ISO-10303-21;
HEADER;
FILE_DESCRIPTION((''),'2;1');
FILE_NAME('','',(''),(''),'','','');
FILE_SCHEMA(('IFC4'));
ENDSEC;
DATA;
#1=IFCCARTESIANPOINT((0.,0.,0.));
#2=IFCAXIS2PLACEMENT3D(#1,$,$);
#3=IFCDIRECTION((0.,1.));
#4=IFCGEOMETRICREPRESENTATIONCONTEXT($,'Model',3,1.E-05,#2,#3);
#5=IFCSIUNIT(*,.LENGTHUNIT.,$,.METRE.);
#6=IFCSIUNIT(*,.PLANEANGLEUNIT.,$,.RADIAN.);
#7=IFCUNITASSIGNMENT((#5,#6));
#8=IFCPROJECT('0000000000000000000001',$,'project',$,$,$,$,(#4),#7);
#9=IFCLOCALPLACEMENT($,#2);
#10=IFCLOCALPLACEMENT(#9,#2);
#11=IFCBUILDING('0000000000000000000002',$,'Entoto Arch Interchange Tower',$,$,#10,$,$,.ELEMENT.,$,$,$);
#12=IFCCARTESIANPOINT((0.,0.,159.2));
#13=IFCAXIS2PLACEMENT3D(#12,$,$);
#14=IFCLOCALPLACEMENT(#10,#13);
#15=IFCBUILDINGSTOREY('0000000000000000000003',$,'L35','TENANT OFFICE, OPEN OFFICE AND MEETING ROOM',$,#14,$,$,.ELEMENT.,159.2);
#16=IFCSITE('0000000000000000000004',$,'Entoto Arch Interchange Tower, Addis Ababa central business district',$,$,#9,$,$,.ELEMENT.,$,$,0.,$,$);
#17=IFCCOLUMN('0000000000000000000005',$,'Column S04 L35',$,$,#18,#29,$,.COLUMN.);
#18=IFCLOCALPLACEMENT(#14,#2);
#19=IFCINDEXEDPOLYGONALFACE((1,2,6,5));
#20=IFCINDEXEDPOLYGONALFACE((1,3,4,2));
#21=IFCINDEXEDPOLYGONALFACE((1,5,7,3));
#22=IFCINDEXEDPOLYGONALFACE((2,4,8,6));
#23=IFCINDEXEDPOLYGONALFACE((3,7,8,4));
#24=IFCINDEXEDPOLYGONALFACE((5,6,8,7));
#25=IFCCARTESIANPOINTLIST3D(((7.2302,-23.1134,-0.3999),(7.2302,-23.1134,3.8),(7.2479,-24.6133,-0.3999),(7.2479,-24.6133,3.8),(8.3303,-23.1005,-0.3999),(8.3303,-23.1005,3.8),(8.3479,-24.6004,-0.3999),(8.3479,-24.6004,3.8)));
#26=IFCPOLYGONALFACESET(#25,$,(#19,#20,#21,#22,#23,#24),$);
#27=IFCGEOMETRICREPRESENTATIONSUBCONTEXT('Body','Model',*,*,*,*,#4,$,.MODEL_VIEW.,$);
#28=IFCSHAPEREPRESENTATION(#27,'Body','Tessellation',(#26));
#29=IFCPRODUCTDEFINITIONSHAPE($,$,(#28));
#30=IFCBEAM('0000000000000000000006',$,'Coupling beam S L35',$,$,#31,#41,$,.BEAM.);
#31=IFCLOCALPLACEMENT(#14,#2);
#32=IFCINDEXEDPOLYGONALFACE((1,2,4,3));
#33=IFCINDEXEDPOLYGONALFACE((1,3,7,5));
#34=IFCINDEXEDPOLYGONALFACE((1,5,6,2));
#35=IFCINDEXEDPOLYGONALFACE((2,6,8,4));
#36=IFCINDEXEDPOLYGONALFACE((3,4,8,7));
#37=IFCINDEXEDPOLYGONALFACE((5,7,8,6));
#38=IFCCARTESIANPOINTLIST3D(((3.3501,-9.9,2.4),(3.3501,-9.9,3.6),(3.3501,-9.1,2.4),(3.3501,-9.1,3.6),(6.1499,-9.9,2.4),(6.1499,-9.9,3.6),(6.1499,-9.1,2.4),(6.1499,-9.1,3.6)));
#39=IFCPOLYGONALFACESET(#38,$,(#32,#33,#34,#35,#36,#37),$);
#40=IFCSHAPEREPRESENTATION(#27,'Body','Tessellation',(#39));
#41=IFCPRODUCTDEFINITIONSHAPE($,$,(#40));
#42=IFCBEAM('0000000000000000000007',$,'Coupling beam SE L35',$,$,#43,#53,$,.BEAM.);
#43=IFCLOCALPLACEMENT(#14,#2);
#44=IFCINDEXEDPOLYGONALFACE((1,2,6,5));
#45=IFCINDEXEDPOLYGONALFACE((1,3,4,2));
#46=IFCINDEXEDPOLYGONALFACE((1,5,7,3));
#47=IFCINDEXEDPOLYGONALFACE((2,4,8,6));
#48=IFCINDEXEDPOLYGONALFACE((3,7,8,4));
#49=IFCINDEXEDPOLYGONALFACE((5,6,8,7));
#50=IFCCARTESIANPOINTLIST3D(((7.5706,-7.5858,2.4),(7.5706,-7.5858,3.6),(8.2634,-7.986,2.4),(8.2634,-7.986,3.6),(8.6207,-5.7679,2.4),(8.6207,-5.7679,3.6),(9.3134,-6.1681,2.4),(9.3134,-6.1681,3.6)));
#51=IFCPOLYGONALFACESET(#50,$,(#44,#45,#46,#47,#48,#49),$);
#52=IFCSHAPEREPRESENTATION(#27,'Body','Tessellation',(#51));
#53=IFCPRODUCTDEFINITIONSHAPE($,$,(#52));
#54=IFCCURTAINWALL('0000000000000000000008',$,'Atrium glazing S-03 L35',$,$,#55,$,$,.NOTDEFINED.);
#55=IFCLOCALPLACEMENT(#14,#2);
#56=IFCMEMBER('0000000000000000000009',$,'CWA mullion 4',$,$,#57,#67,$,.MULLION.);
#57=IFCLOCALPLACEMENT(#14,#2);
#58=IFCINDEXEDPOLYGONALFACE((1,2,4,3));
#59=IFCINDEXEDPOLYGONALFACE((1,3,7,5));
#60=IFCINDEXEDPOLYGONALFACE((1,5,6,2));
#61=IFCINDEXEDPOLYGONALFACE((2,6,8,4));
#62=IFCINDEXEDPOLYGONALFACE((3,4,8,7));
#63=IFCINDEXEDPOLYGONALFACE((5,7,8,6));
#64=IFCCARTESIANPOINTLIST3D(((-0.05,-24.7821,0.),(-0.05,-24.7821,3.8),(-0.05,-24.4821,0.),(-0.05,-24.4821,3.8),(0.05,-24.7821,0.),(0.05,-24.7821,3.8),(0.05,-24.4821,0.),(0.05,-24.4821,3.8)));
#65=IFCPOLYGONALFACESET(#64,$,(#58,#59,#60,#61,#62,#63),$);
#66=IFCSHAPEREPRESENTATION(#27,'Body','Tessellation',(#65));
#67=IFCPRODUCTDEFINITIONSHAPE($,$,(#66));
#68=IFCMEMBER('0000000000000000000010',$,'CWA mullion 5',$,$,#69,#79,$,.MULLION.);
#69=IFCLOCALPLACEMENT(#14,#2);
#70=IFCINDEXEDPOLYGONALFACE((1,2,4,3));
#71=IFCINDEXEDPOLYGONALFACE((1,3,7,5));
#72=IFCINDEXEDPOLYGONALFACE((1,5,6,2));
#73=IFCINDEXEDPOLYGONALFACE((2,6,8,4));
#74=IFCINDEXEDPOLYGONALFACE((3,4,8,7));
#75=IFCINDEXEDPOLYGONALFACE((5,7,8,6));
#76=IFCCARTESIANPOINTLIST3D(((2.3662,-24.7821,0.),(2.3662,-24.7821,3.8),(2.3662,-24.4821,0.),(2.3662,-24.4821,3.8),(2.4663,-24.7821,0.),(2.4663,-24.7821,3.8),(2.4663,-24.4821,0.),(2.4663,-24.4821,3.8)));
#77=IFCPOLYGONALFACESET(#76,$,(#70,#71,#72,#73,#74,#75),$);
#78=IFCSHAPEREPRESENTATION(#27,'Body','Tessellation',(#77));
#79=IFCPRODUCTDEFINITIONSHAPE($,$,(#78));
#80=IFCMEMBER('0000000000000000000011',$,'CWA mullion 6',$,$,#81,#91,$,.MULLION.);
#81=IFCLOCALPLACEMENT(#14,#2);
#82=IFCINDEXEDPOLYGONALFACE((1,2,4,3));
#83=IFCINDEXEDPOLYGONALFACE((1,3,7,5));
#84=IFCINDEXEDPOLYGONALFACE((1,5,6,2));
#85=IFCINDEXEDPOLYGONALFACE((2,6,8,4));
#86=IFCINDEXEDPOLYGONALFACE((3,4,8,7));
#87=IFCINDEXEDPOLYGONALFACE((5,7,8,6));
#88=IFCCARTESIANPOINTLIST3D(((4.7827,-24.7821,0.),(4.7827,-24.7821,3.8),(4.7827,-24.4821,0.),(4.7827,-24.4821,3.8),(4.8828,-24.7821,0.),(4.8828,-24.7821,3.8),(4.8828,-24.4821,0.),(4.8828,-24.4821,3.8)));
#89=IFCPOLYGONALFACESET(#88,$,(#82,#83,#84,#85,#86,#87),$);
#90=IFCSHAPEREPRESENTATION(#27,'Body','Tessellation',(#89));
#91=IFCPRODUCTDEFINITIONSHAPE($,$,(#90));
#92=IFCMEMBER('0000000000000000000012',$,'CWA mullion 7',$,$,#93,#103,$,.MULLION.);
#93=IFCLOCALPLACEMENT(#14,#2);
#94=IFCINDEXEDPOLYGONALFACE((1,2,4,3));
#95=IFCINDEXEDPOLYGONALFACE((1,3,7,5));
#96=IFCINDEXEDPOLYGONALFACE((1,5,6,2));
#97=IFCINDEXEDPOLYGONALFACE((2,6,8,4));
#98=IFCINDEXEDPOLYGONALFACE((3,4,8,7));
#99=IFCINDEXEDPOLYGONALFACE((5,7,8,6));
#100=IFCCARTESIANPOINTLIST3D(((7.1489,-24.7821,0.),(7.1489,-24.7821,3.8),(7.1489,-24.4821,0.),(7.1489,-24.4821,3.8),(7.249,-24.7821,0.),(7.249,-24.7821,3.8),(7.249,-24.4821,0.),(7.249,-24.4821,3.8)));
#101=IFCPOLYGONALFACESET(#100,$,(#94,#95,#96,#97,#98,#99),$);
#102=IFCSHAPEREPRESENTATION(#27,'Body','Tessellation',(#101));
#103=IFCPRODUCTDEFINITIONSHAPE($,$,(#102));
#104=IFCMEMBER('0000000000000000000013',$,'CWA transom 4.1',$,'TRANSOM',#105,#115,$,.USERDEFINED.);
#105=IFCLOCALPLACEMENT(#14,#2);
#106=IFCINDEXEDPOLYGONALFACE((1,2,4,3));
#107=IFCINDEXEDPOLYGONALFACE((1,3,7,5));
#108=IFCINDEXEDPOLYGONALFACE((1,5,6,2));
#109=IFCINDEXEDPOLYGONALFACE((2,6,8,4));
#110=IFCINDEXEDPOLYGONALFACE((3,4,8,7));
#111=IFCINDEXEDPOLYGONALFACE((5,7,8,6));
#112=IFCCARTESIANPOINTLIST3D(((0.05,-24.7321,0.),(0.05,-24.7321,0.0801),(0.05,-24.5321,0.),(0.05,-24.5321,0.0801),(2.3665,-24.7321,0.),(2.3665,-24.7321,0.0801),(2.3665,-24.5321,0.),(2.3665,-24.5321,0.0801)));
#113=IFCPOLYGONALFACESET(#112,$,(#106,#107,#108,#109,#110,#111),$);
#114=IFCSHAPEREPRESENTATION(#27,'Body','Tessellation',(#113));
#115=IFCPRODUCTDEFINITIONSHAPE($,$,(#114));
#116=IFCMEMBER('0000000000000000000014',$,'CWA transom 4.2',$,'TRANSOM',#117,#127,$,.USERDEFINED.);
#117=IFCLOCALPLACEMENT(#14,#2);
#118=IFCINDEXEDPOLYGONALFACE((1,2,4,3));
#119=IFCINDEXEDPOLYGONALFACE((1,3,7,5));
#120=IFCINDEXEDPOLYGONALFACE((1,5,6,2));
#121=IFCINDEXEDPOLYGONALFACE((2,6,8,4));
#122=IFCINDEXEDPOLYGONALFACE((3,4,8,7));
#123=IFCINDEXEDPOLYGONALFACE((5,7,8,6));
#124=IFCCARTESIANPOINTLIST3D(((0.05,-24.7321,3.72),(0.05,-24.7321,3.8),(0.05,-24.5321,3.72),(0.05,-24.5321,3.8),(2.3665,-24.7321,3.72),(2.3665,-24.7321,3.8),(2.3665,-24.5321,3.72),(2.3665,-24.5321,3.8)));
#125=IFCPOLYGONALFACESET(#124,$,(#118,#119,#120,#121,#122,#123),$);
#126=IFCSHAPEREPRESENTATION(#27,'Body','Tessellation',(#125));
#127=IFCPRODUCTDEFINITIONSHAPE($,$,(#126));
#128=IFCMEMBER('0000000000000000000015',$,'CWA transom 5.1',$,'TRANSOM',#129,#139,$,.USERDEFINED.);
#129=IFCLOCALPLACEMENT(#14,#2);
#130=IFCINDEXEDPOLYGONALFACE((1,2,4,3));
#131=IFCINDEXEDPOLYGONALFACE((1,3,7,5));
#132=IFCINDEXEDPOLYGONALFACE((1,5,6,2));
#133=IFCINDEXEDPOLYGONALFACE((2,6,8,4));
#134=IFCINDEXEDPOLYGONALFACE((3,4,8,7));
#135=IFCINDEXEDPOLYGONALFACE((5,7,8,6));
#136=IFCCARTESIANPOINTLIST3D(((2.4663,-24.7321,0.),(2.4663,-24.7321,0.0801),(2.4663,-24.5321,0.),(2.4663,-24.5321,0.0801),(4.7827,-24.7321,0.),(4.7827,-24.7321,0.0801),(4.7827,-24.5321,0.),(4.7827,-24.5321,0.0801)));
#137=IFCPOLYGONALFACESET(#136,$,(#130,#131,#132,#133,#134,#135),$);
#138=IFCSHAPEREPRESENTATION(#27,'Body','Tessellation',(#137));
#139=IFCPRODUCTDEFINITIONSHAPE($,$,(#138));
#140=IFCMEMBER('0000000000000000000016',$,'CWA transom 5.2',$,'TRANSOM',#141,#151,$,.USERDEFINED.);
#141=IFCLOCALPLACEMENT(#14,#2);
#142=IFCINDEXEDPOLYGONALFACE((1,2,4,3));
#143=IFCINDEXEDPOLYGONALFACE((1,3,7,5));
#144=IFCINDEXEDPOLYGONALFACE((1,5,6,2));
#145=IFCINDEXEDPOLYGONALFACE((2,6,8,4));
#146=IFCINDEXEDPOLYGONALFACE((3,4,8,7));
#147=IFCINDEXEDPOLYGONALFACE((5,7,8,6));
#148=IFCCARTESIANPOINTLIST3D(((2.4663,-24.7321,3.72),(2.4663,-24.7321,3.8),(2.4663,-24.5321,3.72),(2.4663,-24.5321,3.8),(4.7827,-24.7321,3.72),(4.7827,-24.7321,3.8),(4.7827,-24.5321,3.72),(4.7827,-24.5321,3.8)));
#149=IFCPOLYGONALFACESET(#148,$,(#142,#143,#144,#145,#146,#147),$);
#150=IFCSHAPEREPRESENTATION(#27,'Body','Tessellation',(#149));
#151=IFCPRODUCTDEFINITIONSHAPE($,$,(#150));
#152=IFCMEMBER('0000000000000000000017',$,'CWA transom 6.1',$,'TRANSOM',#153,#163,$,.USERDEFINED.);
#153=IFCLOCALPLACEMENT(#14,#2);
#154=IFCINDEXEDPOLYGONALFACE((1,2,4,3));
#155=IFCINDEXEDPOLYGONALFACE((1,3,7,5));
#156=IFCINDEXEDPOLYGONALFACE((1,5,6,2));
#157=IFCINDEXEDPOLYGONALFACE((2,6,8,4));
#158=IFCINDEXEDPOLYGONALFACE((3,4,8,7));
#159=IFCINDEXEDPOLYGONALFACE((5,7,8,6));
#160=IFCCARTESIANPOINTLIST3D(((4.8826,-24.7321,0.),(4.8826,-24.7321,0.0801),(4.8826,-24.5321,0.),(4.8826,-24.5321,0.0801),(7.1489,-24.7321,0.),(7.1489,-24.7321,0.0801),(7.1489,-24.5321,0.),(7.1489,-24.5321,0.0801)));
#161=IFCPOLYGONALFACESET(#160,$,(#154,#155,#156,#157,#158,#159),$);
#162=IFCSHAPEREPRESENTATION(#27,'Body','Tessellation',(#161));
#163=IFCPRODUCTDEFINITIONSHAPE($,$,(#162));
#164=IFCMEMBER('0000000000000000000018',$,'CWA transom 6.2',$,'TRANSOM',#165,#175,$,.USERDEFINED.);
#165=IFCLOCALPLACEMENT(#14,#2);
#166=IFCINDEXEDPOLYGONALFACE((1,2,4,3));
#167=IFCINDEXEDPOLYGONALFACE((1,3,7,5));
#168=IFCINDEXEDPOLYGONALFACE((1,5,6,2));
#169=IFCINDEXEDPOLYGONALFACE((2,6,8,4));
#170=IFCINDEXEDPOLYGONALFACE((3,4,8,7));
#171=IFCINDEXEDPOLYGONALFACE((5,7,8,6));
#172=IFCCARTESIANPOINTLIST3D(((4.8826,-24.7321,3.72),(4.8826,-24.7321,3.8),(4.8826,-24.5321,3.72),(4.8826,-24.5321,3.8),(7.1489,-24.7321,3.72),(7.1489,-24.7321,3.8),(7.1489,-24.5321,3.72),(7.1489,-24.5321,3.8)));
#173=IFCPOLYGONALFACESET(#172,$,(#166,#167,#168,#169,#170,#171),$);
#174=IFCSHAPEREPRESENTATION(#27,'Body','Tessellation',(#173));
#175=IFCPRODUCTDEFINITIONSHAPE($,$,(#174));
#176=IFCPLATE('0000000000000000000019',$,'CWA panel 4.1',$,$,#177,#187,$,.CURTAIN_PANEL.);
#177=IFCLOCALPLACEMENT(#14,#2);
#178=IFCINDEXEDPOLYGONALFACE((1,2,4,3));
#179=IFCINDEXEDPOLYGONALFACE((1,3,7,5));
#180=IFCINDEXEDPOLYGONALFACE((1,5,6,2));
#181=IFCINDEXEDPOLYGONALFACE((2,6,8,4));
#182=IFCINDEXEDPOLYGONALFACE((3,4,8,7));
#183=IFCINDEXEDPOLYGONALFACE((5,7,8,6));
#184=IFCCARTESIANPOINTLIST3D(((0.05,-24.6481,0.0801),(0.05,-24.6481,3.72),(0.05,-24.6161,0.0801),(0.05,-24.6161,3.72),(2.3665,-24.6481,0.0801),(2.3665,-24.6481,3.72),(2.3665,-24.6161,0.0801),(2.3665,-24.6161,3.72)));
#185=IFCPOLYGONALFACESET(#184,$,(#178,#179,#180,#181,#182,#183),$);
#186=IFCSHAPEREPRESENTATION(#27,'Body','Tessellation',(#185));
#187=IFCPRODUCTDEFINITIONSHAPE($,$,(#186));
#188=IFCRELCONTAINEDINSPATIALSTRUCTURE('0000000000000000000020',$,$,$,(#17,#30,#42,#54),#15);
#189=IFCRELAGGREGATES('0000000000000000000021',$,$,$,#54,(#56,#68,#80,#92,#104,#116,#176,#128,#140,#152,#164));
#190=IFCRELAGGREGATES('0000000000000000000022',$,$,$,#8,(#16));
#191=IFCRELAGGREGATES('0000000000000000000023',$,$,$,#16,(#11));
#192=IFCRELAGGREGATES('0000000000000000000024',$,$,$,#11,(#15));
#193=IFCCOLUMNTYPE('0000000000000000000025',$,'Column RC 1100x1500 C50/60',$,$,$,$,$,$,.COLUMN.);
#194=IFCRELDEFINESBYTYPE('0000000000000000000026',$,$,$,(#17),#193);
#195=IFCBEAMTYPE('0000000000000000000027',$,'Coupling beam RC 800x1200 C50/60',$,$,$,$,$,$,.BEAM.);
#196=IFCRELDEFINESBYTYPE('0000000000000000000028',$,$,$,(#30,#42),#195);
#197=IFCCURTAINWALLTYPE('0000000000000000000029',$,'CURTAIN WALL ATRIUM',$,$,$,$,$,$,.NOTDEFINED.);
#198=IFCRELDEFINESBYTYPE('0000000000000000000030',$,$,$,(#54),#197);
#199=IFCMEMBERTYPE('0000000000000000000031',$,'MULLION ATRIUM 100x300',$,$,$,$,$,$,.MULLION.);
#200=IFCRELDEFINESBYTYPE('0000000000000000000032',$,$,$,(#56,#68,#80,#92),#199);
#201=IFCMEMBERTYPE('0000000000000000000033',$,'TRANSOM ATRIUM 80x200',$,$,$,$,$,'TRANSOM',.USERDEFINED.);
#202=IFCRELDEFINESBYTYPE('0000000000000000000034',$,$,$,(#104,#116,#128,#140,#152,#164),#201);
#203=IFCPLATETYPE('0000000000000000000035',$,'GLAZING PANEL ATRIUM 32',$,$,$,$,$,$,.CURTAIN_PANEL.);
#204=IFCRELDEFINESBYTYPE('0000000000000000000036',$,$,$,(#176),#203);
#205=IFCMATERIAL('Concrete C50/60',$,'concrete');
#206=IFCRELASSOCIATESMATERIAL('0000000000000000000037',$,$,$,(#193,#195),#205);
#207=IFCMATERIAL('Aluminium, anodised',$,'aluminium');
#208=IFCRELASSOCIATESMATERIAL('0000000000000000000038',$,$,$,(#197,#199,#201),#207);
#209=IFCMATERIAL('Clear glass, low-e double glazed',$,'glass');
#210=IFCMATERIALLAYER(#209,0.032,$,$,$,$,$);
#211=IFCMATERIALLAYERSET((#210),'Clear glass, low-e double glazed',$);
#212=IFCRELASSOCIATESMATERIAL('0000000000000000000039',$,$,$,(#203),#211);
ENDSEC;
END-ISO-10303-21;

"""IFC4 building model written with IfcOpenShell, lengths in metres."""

from ifc_helpers import new_model, si_unit, direction, frame, origin, origin_2d, place, context, subcontext, project, spatial, rectangle, extrude, material, layer, layer_set, material_profile, profile_set, type_object, element, aggregate, save


model = new_model("IFC4")

# Units and contexts
model_context = context("Model", 3, precision=1e-05, world=origin(), true_north=direction((0.0, 1.0)))
body_context = subcontext(model_context, "Body", "Model", "MODEL_VIEW")
ifc_project = project(units=[si_unit("LENGTHUNIT", "METRE"), si_unit("PLANEANGLEUNIT", "RADIAN")], contexts=[model_context])

# Site, building, storey
site_placement = place(None, origin())
site = spatial("IfcSite", under=ifc_project, at=site_placement, Name="Entoto Arch Interchange Tower, Addis Ababa central business district", CompositionType="ELEMENT", RefElevation=0.0)
building_placement = place(site_placement, origin())
building = spatial("IfcBuilding", under=site, at=building_placement, Name="Entoto Arch Interchange Tower", CompositionType="ELEMENT")
storey_placement = place(building_placement, frame((0.0, 0.0, 159.2)))
storey = spatial("IfcBuildingStorey", under=building, at=storey_placement, Name="L35", Description="TENANT OFFICE, OPEN OFFICE AND MEETING ROOM", CompositionType="ELEMENT", Elevation=159.2)

# Column
ifc_material_1 = material(Name="Concrete C50/60", Category="concrete")
ifc_material_profile_1 = material_profile(ifc_material_1, rectangle(XDim=1.1001, YDim=1.5, at=origin_2d()))
ifc_profile_set_1 = profile_set([ifc_material_profile_1], Name="Concrete C50/60")
column_type = type_object("IfcColumnType", Name="Column RC 1100x1500 C50/60", PredefinedType="COLUMN", material=ifc_profile_set_1)
column_placement = place(storey_placement, frame((7.7891, -23.8569, -0.3999), z_axis=(0.0, 0.0, 1.0), x_axis=(0.999931, 0.011746, 0.0)))
element("IfcColumn", 1, at=column_placement, inside=storey, type_object=column_type, Name="Column S04 L35", PredefinedType="COLUMN", context=body_context, shape_type="SweptSolid", body=[
    extrude(rectangle(XDim=1.1001, YDim=1.5, at=origin_2d()), origin(), (0.0, 0.0, 1.0), 4.2),
])

# Beams
ifc_material_profile_2 = material_profile(ifc_material_1, rectangle(XDim=0.8, YDim=1.2, at=origin_2d()))
ifc_profile_set_2 = profile_set([ifc_material_profile_2], Name="Concrete C50/60")
beam_type = type_object("IfcBeamType", Name="Coupling beam RC 800x1200 C50/60", PredefinedType="BEAM", material=ifc_profile_set_2)
beam_1_placement = place(storey_placement, frame((3.3501, -9.5, 3.0), z_axis=(1.0, 0.0, 0.0), x_axis=(0.0, 1.0, 0.0)))
element("IfcBeam", 2, at=beam_1_placement, inside=storey, type_object=beam_type, Name="Coupling beam S L35", PredefinedType="BEAM", context=body_context, shape_type="SweptSolid", body=[
    extrude(rectangle(XDim=0.8, YDim=1.2, at=origin_2d()), origin(), (0.0, 0.0, 1.0), 2.7998),
])
beam_2_placement = place(storey_placement, frame((7.917, -7.7859, 3.0), z_axis=(0.500179, 0.865922, 0.0), x_axis=(-0.865922, 0.500179, 0.0)))
element("IfcBeam", 3, at=beam_2_placement, inside=storey, type_object=beam_type, Name="Coupling beam SE L35", PredefinedType="BEAM", context=body_context, shape_type="SweptSolid", body=[
    extrude(rectangle(XDim=0.8, YDim=1.2, at=origin_2d()), origin(), (0.0, 0.0, 1.0), 2.0994),
])

# Curtain wall, members, plate
ifc_material_2 = material(Name="Aluminium, anodised", Category="aluminium")
curtain_wall_type = type_object("IfcCurtainWallType", Name="CURTAIN WALL ATRIUM", PredefinedType="NOTDEFINED", material=ifc_material_2)
curtain_wall_placement = place(storey_placement, origin())
curtain_wall = element("IfcCurtainWall", 4, at=curtain_wall_placement, inside=storey, type_object=curtain_wall_type, Name="Atrium glazing S-03 L35", PredefinedType="NOTDEFINED")
ifc_material_profile_3 = material_profile(ifc_material_2, rectangle(XDim=0.3, YDim=0.1001, at=origin_2d()))
ifc_profile_set_3 = profile_set([ifc_material_profile_3], Name="Aluminium, anodised")
member_type_1 = type_object("IfcMemberType", Name="MULLION ATRIUM 100x300", PredefinedType="MULLION", material=ifc_profile_set_3)
member_1_placement = place(storey_placement, frame((0.0, -24.6321, 0.0), z_axis=(0.0, 0.0, 1.0), x_axis=(0.0, 1.0, 0.0)))
member_1 = element("IfcMember", 5, at=member_1_placement, type_object=member_type_1, Name="CWA mullion 4", PredefinedType="MULLION", context=body_context, shape_type="SweptSolid", body=[
    extrude(rectangle(XDim=0.3, YDim=0.1001, at=origin_2d()), origin(), (0.0, 0.0, 1.0), 3.8),
])
member_2_placement = place(storey_placement, frame((2.4163, -24.6321, 0.0), z_axis=(0.0, 0.0, 1.0), x_axis=(0.0, 1.0, 0.0)))
member_2 = element("IfcMember", 6, at=member_2_placement, type_object=member_type_1, Name="CWA mullion 5", PredefinedType="MULLION", context=body_context, shape_type="SweptSolid", body=[
    extrude(rectangle(XDim=0.3, YDim=0.1001, at=origin_2d()), origin(), (0.0, 0.0, 1.0), 3.8),
])
member_3_placement = place(storey_placement, frame((4.8328, -24.6321, 0.0), z_axis=(0.0, 0.0, 1.0), x_axis=(0.0, 1.0, 0.0)))
member_3 = element("IfcMember", 7, at=member_3_placement, type_object=member_type_1, Name="CWA mullion 6", PredefinedType="MULLION", context=body_context, shape_type="SweptSolid", body=[
    extrude(rectangle(XDim=0.3, YDim=0.1001, at=origin_2d()), origin(), (0.0, 0.0, 1.0), 3.8),
])
member_4_placement = place(storey_placement, frame((7.199, -24.6321, 0.0), z_axis=(0.0, 0.0, 1.0), x_axis=(0.0, 1.0, 0.0)))
member_4 = element("IfcMember", 8, at=member_4_placement, type_object=member_type_1, Name="CWA mullion 7", PredefinedType="MULLION", context=body_context, shape_type="SweptSolid", body=[
    extrude(rectangle(XDim=0.3, YDim=0.1001, at=origin_2d()), origin(), (0.0, 0.0, 1.0), 3.8),
])
ifc_material_profile_4 = material_profile(ifc_material_2, rectangle(XDim=0.2, YDim=0.0801, at=origin_2d()))
ifc_profile_set_4 = profile_set([ifc_material_profile_4], Name="Aluminium, anodised")
member_type_2 = type_object("IfcMemberType", Name="TRANSOM ATRIUM 80x200", ElementType="TRANSOM", PredefinedType="USERDEFINED", material=ifc_profile_set_4)
member_5_placement = place(storey_placement, frame((0.05, -24.6321, 0.04), z_axis=(1.0, 0.0, 0.0), x_axis=(0.0, 1.0, 0.0)))
member_5 = element("IfcMember", 9, at=member_5_placement, type_object=member_type_2, Name="CWA transom 4.1", ObjectType="TRANSOM", PredefinedType="USERDEFINED", context=body_context, shape_type="SweptSolid", body=[
    extrude(rectangle(XDim=0.2, YDim=0.0801, at=origin_2d()), origin(), (0.0, 0.0, 1.0), 2.3164),
])
member_6_placement = place(storey_placement, frame((0.05, -24.6321, 3.76), z_axis=(1.0, 0.0, 0.0), x_axis=(0.0, 1.0, 0.0)))
member_6 = element("IfcMember", 10, at=member_6_placement, type_object=member_type_2, Name="CWA transom 4.2", ObjectType="TRANSOM", PredefinedType="USERDEFINED", context=body_context, shape_type="SweptSolid", body=[
    extrude(rectangle(XDim=0.2, YDim=0.0801, at=origin_2d()), origin(), (0.0, 0.0, 1.0), 2.3164),
])
member_7_placement = place(storey_placement, frame((2.4663, -24.6321, 0.04), z_axis=(1.0, 0.0, 0.0), x_axis=(0.0, 1.0, 0.0)))
member_7 = element("IfcMember", 11, at=member_7_placement, type_object=member_type_2, Name="CWA transom 5.1", ObjectType="TRANSOM", PredefinedType="USERDEFINED", context=body_context, shape_type="SweptSolid", body=[
    extrude(rectangle(XDim=0.2, YDim=0.0801, at=origin_2d()), origin(), (0.0, 0.0, 1.0), 2.3164),
])
member_8_placement = place(storey_placement, frame((2.4663, -24.6321, 3.76), z_axis=(1.0, 0.0, 0.0), x_axis=(0.0, 1.0, 0.0)))
member_8 = element("IfcMember", 12, at=member_8_placement, type_object=member_type_2, Name="CWA transom 5.2", ObjectType="TRANSOM", PredefinedType="USERDEFINED", context=body_context, shape_type="SweptSolid", body=[
    extrude(rectangle(XDim=0.2, YDim=0.0801, at=origin_2d()), origin(), (0.0, 0.0, 1.0), 2.3164),
])
member_9_placement = place(storey_placement, frame((4.8826, -24.6321, 0.04), z_axis=(1.0, 0.0, 0.0), x_axis=(0.0, 1.0, 0.0)))
member_9 = element("IfcMember", 13, at=member_9_placement, type_object=member_type_2, Name="CWA transom 6.1", ObjectType="TRANSOM", PredefinedType="USERDEFINED", context=body_context, shape_type="SweptSolid", body=[
    extrude(rectangle(XDim=0.2, YDim=0.0801, at=origin_2d()), origin(), (0.0, 0.0, 1.0), 2.2664),
])
member_10_placement = place(storey_placement, frame((4.8826, -24.6321, 3.76), z_axis=(1.0, 0.0, 0.0), x_axis=(0.0, 1.0, 0.0)))
member_10 = element("IfcMember", 14, at=member_10_placement, type_object=member_type_2, Name="CWA transom 6.2", ObjectType="TRANSOM", PredefinedType="USERDEFINED", context=body_context, shape_type="SweptSolid", body=[
    extrude(rectangle(XDim=0.2, YDim=0.0801, at=origin_2d()), origin(), (0.0, 0.0, 1.0), 2.2664),
])
ifc_material_3 = material(Name="Clear glass, low-e double glazed", Category="glass")
ifc_layer_1 = layer(ifc_material_3, 0.032)
ifc_layer_set_1 = layer_set([ifc_layer_1], Name="Clear glass, low-e double glazed")
plate_type = type_object("IfcPlateType", Name="GLAZING PANEL ATRIUM 32", PredefinedType="CURTAIN_PANEL", material=ifc_layer_set_1)
plate_1_placement = place(storey_placement, frame((1.2083, -24.6321, 0.0801), z_axis=(0.0, 0.0, 1.0), x_axis=(1.0, 0.0, 0.0)))
plate_1 = element("IfcPlate", 15, at=plate_1_placement, type_object=plate_type, Name="CWA panel 4.1", PredefinedType="CURTAIN_PANEL", context=body_context, shape_type="SweptSolid", body=[
    extrude(rectangle(XDim=2.3164, YDim=0.032, at=origin_2d()), origin(), (0.0, 0.0, 1.0), 3.6399),
])
aggregate(curtain_wall, [member_1, member_2, member_3, member_4, member_5, member_6, plate_1, member_7, member_8, member_9, member_10])

save(model, "model.ifc")
